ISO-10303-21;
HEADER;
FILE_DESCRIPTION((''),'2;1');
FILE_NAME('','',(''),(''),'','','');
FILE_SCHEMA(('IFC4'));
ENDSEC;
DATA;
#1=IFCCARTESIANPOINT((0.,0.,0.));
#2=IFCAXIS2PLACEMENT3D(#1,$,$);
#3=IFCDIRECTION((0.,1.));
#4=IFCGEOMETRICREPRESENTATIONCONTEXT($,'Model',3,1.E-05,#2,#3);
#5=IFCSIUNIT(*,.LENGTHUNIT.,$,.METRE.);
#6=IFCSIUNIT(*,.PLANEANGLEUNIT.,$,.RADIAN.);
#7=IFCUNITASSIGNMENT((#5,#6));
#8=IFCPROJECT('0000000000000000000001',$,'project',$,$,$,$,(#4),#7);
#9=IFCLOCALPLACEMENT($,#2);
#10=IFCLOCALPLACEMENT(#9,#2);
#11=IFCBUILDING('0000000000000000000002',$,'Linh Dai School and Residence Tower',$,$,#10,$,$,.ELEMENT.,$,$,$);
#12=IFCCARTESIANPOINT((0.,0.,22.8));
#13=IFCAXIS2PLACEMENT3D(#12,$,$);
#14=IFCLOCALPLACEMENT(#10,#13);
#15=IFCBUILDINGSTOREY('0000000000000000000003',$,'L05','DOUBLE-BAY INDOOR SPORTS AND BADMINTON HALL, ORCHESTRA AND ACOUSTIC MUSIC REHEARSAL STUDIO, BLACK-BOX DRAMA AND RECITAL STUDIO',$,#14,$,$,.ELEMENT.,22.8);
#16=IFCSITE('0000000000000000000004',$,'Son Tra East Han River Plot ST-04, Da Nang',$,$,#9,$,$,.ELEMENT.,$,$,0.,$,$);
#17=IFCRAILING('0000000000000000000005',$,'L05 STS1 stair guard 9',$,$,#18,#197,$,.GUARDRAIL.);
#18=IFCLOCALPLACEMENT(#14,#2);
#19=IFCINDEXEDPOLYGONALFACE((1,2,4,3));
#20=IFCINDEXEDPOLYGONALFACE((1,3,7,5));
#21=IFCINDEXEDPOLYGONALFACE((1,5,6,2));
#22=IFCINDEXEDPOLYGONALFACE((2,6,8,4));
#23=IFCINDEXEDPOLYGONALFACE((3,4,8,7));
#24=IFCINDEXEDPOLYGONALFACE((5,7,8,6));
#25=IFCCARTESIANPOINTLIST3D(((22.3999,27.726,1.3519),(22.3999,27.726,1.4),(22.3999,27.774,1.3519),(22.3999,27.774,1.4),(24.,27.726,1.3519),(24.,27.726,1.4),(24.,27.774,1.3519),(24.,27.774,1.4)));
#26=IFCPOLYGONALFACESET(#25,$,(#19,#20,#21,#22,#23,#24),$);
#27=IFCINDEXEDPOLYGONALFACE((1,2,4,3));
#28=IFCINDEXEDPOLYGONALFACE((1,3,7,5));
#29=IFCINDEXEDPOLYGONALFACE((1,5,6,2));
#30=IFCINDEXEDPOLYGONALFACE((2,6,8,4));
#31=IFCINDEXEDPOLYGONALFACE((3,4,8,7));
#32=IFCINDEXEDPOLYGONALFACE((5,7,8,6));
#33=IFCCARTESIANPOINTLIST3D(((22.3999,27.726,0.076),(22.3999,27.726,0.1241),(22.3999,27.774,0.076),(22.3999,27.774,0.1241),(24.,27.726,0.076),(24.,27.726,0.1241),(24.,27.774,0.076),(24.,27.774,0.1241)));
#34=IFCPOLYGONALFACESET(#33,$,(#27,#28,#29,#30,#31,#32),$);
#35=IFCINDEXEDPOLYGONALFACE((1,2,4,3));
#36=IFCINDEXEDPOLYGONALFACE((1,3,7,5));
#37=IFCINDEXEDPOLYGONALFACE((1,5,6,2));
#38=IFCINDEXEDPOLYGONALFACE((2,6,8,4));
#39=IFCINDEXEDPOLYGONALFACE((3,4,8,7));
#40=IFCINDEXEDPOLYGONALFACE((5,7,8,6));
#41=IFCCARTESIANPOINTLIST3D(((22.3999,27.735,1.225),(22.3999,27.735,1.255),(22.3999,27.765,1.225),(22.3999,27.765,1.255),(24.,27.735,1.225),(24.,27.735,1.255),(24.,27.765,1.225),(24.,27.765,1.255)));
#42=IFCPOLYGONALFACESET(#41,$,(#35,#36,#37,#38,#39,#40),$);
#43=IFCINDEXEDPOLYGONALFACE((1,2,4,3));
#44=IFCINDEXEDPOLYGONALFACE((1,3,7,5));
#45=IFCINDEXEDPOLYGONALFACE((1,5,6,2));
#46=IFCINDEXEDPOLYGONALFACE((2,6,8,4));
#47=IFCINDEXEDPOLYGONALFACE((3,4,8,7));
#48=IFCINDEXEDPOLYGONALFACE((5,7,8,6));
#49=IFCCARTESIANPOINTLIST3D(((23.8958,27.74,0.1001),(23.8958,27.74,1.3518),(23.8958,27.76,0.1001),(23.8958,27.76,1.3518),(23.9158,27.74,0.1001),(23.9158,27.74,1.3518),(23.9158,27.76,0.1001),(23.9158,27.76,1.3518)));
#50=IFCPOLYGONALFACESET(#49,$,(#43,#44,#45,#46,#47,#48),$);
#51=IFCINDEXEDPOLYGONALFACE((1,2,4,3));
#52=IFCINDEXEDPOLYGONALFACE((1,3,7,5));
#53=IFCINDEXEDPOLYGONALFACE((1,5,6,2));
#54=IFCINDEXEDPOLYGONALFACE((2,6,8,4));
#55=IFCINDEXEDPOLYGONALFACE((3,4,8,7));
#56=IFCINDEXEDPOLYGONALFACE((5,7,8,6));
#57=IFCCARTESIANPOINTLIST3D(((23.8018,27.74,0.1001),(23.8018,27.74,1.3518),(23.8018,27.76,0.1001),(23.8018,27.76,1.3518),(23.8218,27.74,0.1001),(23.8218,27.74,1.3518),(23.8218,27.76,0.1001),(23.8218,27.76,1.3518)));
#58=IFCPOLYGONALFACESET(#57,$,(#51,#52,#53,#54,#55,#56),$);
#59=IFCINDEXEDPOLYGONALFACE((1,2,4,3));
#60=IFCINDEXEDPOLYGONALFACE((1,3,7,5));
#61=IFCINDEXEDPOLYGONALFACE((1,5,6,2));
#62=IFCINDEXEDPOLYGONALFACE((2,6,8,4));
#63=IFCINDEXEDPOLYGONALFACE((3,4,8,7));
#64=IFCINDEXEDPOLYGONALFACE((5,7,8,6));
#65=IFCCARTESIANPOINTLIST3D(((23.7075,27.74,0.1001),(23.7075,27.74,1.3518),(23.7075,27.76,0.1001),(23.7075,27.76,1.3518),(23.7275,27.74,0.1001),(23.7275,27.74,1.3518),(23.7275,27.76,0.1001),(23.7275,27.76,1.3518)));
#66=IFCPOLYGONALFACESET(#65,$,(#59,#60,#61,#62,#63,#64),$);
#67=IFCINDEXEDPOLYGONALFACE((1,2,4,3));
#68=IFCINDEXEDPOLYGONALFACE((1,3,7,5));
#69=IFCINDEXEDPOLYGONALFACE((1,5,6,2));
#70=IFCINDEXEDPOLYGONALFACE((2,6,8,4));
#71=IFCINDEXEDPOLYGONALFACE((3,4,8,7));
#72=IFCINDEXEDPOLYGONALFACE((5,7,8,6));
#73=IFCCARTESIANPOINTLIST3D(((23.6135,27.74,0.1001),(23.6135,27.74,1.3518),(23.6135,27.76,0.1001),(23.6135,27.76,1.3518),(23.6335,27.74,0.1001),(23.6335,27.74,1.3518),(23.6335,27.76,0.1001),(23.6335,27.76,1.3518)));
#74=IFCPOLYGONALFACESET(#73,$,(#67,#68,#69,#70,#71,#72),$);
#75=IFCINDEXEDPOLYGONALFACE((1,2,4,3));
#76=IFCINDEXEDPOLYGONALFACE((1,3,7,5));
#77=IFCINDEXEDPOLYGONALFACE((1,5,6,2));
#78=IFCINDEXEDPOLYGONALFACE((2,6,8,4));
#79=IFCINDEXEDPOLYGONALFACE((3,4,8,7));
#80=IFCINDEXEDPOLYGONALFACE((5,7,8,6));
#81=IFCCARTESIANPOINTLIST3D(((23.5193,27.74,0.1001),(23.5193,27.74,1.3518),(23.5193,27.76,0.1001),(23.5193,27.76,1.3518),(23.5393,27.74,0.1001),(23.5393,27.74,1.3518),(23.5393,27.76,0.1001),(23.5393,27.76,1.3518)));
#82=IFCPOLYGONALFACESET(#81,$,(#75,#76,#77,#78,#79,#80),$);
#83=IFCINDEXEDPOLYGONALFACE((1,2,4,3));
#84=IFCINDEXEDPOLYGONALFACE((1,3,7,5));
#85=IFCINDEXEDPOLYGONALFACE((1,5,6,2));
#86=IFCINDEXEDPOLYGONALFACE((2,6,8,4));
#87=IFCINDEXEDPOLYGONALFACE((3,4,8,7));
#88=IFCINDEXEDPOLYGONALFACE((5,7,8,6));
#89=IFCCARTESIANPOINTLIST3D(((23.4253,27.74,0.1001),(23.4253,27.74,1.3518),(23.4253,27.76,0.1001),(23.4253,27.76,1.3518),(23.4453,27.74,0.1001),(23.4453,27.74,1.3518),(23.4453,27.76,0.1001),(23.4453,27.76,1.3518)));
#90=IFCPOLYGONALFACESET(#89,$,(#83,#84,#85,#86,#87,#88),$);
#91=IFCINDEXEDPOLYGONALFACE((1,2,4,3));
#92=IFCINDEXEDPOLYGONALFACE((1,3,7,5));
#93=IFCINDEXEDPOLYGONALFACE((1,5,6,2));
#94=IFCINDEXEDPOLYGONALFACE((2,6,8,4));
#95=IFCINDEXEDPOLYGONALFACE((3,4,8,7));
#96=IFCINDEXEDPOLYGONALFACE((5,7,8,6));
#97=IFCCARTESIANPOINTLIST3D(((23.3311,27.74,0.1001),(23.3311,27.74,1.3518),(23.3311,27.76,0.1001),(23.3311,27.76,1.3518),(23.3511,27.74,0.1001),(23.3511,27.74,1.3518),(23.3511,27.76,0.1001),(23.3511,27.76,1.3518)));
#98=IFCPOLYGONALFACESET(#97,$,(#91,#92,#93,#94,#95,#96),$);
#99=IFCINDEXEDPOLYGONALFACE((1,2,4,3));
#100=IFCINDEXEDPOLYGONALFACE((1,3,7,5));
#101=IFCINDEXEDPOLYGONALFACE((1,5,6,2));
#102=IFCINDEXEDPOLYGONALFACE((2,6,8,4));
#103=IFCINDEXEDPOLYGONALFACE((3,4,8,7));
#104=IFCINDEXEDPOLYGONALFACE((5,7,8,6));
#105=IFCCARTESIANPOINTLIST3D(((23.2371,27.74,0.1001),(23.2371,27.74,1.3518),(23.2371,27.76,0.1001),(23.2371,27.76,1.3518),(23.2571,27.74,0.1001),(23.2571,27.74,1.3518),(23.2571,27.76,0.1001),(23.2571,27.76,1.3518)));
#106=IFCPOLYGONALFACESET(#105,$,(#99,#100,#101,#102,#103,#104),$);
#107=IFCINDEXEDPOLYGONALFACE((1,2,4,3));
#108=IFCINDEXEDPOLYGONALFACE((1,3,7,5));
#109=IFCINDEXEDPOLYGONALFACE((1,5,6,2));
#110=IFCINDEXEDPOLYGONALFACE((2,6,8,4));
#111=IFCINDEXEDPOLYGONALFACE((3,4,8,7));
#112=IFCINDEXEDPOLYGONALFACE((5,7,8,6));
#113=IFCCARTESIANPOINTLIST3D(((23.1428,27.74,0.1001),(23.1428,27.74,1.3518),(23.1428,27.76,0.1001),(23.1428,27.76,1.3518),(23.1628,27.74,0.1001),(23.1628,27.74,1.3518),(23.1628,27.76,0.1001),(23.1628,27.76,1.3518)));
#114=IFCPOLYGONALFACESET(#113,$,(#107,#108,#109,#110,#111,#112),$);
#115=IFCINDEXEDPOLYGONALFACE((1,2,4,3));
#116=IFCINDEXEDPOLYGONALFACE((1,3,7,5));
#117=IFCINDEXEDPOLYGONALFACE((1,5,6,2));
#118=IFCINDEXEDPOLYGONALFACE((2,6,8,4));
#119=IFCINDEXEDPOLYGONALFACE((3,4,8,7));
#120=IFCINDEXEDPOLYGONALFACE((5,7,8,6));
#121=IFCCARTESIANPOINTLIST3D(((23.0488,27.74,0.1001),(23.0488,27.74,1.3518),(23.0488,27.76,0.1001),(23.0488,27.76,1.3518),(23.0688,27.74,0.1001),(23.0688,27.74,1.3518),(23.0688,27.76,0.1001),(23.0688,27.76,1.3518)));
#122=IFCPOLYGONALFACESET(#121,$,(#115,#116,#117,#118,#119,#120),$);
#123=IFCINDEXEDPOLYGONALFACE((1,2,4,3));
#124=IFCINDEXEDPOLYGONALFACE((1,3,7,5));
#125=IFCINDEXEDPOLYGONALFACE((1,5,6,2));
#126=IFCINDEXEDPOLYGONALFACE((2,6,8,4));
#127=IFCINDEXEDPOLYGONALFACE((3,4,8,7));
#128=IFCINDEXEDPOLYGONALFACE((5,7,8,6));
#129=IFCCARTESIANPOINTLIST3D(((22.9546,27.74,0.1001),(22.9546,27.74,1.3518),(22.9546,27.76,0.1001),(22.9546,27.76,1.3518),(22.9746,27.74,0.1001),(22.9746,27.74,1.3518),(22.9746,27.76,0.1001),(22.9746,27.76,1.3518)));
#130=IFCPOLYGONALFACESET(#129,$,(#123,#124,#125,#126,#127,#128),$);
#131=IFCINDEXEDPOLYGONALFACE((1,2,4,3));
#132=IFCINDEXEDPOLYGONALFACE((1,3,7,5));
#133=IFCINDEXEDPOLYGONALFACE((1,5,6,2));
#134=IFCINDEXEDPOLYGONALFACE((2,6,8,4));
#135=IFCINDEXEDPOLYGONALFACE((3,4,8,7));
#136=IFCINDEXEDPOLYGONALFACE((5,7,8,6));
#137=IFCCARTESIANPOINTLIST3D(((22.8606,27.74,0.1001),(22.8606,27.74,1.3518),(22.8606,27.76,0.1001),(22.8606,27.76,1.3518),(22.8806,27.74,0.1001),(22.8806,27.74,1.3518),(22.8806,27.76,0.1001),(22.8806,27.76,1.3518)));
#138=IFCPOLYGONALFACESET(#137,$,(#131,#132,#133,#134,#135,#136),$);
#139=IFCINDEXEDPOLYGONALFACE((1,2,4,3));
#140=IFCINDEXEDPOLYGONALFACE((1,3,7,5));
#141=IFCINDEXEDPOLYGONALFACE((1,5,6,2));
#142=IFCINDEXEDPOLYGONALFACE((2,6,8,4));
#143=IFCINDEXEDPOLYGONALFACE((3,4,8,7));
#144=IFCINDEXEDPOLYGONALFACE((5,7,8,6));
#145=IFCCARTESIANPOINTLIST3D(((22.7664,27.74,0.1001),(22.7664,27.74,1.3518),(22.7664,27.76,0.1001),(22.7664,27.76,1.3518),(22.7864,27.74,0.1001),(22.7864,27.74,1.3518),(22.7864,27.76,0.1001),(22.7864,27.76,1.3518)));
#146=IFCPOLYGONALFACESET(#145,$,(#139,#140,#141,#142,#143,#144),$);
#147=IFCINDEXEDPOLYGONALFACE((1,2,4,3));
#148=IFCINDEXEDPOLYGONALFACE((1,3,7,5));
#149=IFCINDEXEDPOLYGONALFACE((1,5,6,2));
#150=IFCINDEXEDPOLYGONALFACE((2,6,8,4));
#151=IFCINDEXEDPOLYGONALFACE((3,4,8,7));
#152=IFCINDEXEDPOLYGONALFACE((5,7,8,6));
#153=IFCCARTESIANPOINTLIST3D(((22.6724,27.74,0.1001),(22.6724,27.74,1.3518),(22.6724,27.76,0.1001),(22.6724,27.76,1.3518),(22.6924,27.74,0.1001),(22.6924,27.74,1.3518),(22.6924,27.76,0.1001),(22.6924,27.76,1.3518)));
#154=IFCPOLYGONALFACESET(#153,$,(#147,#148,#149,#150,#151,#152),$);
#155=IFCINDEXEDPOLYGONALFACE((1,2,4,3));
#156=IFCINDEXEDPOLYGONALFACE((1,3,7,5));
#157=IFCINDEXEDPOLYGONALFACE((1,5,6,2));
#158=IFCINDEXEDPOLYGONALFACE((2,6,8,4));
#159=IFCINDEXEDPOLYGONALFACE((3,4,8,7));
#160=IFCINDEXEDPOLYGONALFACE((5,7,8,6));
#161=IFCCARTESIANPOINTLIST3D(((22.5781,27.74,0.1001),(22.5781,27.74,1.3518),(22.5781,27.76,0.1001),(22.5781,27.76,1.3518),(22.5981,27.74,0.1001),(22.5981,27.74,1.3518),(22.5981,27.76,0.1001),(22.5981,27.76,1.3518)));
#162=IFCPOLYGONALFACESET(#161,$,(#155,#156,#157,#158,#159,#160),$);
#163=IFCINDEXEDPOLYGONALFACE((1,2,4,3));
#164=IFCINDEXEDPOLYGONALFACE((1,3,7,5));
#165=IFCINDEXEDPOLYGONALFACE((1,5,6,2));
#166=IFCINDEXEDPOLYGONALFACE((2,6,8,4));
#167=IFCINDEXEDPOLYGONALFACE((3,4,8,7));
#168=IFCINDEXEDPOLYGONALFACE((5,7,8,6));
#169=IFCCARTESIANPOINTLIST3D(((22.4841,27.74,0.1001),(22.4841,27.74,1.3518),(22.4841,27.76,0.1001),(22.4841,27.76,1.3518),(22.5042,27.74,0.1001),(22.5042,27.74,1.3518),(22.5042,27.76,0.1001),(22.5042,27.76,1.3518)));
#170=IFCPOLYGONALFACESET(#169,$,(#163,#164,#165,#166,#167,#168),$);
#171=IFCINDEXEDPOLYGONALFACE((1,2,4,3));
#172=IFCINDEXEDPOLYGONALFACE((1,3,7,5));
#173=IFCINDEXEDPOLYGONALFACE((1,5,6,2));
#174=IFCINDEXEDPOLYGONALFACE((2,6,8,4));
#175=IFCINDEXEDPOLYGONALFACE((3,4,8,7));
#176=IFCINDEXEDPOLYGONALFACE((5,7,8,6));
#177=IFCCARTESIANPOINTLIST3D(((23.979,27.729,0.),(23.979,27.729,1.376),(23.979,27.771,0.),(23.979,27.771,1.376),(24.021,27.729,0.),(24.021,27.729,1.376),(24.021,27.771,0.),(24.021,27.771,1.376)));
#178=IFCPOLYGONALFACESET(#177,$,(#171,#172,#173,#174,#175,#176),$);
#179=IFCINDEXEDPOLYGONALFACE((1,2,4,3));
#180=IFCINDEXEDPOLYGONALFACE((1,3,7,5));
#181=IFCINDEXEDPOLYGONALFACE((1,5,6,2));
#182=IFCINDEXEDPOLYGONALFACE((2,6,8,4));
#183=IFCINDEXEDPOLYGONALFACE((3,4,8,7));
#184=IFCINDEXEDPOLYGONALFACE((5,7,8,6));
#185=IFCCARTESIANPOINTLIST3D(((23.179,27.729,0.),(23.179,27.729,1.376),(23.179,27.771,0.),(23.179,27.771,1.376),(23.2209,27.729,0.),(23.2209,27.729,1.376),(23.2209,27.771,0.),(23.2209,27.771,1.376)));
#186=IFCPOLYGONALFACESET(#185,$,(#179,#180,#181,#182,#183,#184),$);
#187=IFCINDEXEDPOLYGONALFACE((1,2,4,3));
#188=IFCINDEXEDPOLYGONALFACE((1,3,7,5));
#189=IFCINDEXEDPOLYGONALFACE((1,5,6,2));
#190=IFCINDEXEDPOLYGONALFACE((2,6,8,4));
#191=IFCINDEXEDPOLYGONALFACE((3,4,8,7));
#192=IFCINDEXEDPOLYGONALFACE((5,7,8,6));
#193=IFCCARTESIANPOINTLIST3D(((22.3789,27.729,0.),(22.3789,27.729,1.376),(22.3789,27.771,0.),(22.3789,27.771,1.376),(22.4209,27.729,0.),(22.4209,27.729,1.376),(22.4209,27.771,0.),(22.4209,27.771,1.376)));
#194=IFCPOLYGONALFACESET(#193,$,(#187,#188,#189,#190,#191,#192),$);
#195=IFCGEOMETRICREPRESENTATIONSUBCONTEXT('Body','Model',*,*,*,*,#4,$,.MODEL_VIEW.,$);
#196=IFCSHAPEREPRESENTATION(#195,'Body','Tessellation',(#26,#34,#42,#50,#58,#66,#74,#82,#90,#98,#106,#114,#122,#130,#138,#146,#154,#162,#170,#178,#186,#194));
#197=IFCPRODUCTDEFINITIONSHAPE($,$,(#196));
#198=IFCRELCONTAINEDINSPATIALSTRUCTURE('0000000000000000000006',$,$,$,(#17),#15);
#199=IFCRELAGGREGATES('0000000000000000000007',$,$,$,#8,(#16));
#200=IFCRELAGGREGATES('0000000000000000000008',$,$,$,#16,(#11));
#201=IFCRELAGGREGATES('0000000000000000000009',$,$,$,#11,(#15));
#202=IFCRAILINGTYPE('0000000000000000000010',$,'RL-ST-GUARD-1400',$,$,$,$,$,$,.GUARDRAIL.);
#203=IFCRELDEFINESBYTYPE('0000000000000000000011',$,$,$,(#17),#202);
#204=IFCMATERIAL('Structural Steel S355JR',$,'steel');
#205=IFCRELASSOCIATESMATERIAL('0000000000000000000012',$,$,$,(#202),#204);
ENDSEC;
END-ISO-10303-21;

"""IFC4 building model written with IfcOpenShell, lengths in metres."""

from ifc_helpers import new_model, si_unit, direction, frame, origin, origin_2d, place, context, subcontext, project, spatial, rectangle, extrude, source, transform, mapped, material, type_object, element, save


model = new_model("IFC4")

# Units and contexts
model_context = context("Model", 3, precision=1e-05, world=origin(), true_north=direction((0.0, 1.0)))
body_context = subcontext(model_context, "Body", "Model", "MODEL_VIEW")
ifc_project = project(units=[si_unit("LENGTHUNIT", "METRE"), si_unit("PLANEANGLEUNIT", "RADIAN")], contexts=[model_context])

# Site, building, storey
site_placement = place(None, origin())
site = spatial("IfcSite", under=ifc_project, at=site_placement, Name="Son Tra East Han River Plot ST-04, Da Nang", CompositionType="ELEMENT", RefElevation=0.0)
building_placement = place(site_placement, origin())
building = spatial("IfcBuilding", under=site, at=building_placement, Name="Linh Dai School and Residence Tower", CompositionType="ELEMENT")
storey_placement = place(building_placement, frame((0.0, 0.0, 22.8)))
storey = spatial("IfcBuildingStorey", under=building, at=storey_placement, Name="L05", Description="DOUBLE-BAY INDOOR SPORTS AND BADMINTON HALL, ORCHESTRA AND ACOUSTIC MUSIC REHEARSAL STUDIO, BLACK-BOX DRAMA AND RECITAL STUDIO", CompositionType="ELEMENT", Elevation=22.8)

# Shared definitions
ifc_material_1 = material(Name="Structural Steel S355JR", Category="steel")

# Railing
railing_type_1 = type_object("IfcRailingType", Name="RL-ST-GUARD-1400", PredefinedType="GUARDRAIL", material=ifc_material_1)
shared_shape_1 = source(origin(), body_context, "Body", "SweptSolid", [
    extrude(rectangle(XDim=0.0481, YDim=0.0481, at=origin_2d()), frame((0.0, 0.0, 1.376), z_axis=(-1.0, 0.0, 0.0), x_axis=(0.0, -1.0, 0.0)), (0.0, 0.0, 1.0), 1.6001),
    extrude(rectangle(XDim=0.0481, YDim=0.0481, at=origin_2d()), frame((0.0, 0.0, 0.1001), z_axis=(-1.0, 0.0, 0.0), x_axis=(0.0, -1.0, 0.0)), (0.0, 0.0, 1.0), 1.6001),
    extrude(rectangle(XDim=0.03, YDim=0.03, at=origin_2d()), frame((0.0, 0.0, 1.24), z_axis=(-1.0, 0.0, 0.0), x_axis=(0.0, -1.0, 0.0)), (0.0, 0.0, 1.0), 1.6001),
    extrude(rectangle(XDim=0.02, YDim=0.02, at=origin_2d()), frame((-0.0942, 0.0, 0.1001)), (0.0, 0.0, 1.0), 1.2517),
    extrude(rectangle(XDim=0.02, YDim=0.02, at=origin_2d()), frame((-0.1882, 0.0, 0.1001)), (0.0, 0.0, 1.0), 1.2517),
    extrude(rectangle(XDim=0.02, YDim=0.02, at=origin_2d()), frame((-0.2825, 0.0, 0.1001)), (0.0, 0.0, 1.0), 1.2517),
    extrude(rectangle(XDim=0.02, YDim=0.02, at=origin_2d()), frame((-0.3765, 0.0, 0.1001)), (0.0, 0.0, 1.0), 1.2517),
    extrude(rectangle(XDim=0.02, YDim=0.02, at=origin_2d()), frame((-0.4707, 0.0, 0.1001)), (0.0, 0.0, 1.0), 1.2517),
    extrude(rectangle(XDim=0.02, YDim=0.02, at=origin_2d()), frame((-0.5647, 0.0, 0.1001)), (0.0, 0.0, 1.0), 1.2517),
    extrude(rectangle(XDim=0.02, YDim=0.02, at=origin_2d()), frame((-0.6589, 0.0, 0.1001)), (0.0, 0.0, 1.0), 1.2517),
    extrude(rectangle(XDim=0.02, YDim=0.02, at=origin_2d()), frame((-0.7529, 0.0, 0.1001)), (0.0, 0.0, 1.0), 1.2517),
    extrude(rectangle(XDim=0.02, YDim=0.02, at=origin_2d()), frame((-0.8472, 0.0, 0.1001)), (0.0, 0.0, 1.0), 1.2517),
    extrude(rectangle(XDim=0.02, YDim=0.02, at=origin_2d()), frame((-0.9412, 0.0, 0.1001)), (0.0, 0.0, 1.0), 1.2517),
    extrude(rectangle(XDim=0.02, YDim=0.02, at=origin_2d()), frame((-1.0354, 0.0, 0.1001)), (0.0, 0.0, 1.0), 1.2517),
    extrude(rectangle(XDim=0.02, YDim=0.02, at=origin_2d()), frame((-1.1294, 0.0, 0.1001)), (0.0, 0.0, 1.0), 1.2517),
    extrude(rectangle(XDim=0.02, YDim=0.02, at=origin_2d()), frame((-1.2236, 0.0, 0.1001)), (0.0, 0.0, 1.0), 1.2517),
    extrude(rectangle(XDim=0.02, YDim=0.02, at=origin_2d()), frame((-1.3176, 0.0, 0.1001)), (0.0, 0.0, 1.0), 1.2517),
    extrude(rectangle(XDim=0.02, YDim=0.02, at=origin_2d()), frame((-1.4119, 0.0, 0.1001)), (0.0, 0.0, 1.0), 1.2517),
    extrude(rectangle(XDim=0.02, YDim=0.02, at=origin_2d()), frame((-1.5059, 0.0, 0.1001)), (0.0, 0.0, 1.0), 1.2517),
    extrude(rectangle(XDim=0.042, YDim=0.042, at=origin_2d()), origin(), (0.0, 0.0, 1.0), 1.376),
    extrude(rectangle(XDim=0.042, YDim=0.042, at=origin_2d()), frame((-0.8, 0.0, 0.0)), (0.0, 0.0, 1.0), 1.376),
    extrude(rectangle(XDim=0.042, YDim=0.042, at=origin_2d()), frame((-1.6001, 0.0, 0.0)), (0.0, 0.0, 1.0), 1.376),
])
for number, where, name in (
    (1, (24.0, 27.75, 0.0), "L05 STS1 stair guard 9"),
):
    element("IfcRailing", number, at=place(storey_placement, frame(where)), inside=storey, type_object=railing_type_1, Name=name, PredefinedType="GUARDRAIL", context=body_context, shape_type="MappedRepresentation", body=[
        mapped(shared_shape_1, transform((0.0, 0.0, 0.0), x_axis=(1.0, 0.0, 0.0), y_axis=(0.0, 1.0, 0.0), z_axis=(0.0, 0.0, 1.0), scale=1.0)),
    ])

save(model, "model.ifc")
